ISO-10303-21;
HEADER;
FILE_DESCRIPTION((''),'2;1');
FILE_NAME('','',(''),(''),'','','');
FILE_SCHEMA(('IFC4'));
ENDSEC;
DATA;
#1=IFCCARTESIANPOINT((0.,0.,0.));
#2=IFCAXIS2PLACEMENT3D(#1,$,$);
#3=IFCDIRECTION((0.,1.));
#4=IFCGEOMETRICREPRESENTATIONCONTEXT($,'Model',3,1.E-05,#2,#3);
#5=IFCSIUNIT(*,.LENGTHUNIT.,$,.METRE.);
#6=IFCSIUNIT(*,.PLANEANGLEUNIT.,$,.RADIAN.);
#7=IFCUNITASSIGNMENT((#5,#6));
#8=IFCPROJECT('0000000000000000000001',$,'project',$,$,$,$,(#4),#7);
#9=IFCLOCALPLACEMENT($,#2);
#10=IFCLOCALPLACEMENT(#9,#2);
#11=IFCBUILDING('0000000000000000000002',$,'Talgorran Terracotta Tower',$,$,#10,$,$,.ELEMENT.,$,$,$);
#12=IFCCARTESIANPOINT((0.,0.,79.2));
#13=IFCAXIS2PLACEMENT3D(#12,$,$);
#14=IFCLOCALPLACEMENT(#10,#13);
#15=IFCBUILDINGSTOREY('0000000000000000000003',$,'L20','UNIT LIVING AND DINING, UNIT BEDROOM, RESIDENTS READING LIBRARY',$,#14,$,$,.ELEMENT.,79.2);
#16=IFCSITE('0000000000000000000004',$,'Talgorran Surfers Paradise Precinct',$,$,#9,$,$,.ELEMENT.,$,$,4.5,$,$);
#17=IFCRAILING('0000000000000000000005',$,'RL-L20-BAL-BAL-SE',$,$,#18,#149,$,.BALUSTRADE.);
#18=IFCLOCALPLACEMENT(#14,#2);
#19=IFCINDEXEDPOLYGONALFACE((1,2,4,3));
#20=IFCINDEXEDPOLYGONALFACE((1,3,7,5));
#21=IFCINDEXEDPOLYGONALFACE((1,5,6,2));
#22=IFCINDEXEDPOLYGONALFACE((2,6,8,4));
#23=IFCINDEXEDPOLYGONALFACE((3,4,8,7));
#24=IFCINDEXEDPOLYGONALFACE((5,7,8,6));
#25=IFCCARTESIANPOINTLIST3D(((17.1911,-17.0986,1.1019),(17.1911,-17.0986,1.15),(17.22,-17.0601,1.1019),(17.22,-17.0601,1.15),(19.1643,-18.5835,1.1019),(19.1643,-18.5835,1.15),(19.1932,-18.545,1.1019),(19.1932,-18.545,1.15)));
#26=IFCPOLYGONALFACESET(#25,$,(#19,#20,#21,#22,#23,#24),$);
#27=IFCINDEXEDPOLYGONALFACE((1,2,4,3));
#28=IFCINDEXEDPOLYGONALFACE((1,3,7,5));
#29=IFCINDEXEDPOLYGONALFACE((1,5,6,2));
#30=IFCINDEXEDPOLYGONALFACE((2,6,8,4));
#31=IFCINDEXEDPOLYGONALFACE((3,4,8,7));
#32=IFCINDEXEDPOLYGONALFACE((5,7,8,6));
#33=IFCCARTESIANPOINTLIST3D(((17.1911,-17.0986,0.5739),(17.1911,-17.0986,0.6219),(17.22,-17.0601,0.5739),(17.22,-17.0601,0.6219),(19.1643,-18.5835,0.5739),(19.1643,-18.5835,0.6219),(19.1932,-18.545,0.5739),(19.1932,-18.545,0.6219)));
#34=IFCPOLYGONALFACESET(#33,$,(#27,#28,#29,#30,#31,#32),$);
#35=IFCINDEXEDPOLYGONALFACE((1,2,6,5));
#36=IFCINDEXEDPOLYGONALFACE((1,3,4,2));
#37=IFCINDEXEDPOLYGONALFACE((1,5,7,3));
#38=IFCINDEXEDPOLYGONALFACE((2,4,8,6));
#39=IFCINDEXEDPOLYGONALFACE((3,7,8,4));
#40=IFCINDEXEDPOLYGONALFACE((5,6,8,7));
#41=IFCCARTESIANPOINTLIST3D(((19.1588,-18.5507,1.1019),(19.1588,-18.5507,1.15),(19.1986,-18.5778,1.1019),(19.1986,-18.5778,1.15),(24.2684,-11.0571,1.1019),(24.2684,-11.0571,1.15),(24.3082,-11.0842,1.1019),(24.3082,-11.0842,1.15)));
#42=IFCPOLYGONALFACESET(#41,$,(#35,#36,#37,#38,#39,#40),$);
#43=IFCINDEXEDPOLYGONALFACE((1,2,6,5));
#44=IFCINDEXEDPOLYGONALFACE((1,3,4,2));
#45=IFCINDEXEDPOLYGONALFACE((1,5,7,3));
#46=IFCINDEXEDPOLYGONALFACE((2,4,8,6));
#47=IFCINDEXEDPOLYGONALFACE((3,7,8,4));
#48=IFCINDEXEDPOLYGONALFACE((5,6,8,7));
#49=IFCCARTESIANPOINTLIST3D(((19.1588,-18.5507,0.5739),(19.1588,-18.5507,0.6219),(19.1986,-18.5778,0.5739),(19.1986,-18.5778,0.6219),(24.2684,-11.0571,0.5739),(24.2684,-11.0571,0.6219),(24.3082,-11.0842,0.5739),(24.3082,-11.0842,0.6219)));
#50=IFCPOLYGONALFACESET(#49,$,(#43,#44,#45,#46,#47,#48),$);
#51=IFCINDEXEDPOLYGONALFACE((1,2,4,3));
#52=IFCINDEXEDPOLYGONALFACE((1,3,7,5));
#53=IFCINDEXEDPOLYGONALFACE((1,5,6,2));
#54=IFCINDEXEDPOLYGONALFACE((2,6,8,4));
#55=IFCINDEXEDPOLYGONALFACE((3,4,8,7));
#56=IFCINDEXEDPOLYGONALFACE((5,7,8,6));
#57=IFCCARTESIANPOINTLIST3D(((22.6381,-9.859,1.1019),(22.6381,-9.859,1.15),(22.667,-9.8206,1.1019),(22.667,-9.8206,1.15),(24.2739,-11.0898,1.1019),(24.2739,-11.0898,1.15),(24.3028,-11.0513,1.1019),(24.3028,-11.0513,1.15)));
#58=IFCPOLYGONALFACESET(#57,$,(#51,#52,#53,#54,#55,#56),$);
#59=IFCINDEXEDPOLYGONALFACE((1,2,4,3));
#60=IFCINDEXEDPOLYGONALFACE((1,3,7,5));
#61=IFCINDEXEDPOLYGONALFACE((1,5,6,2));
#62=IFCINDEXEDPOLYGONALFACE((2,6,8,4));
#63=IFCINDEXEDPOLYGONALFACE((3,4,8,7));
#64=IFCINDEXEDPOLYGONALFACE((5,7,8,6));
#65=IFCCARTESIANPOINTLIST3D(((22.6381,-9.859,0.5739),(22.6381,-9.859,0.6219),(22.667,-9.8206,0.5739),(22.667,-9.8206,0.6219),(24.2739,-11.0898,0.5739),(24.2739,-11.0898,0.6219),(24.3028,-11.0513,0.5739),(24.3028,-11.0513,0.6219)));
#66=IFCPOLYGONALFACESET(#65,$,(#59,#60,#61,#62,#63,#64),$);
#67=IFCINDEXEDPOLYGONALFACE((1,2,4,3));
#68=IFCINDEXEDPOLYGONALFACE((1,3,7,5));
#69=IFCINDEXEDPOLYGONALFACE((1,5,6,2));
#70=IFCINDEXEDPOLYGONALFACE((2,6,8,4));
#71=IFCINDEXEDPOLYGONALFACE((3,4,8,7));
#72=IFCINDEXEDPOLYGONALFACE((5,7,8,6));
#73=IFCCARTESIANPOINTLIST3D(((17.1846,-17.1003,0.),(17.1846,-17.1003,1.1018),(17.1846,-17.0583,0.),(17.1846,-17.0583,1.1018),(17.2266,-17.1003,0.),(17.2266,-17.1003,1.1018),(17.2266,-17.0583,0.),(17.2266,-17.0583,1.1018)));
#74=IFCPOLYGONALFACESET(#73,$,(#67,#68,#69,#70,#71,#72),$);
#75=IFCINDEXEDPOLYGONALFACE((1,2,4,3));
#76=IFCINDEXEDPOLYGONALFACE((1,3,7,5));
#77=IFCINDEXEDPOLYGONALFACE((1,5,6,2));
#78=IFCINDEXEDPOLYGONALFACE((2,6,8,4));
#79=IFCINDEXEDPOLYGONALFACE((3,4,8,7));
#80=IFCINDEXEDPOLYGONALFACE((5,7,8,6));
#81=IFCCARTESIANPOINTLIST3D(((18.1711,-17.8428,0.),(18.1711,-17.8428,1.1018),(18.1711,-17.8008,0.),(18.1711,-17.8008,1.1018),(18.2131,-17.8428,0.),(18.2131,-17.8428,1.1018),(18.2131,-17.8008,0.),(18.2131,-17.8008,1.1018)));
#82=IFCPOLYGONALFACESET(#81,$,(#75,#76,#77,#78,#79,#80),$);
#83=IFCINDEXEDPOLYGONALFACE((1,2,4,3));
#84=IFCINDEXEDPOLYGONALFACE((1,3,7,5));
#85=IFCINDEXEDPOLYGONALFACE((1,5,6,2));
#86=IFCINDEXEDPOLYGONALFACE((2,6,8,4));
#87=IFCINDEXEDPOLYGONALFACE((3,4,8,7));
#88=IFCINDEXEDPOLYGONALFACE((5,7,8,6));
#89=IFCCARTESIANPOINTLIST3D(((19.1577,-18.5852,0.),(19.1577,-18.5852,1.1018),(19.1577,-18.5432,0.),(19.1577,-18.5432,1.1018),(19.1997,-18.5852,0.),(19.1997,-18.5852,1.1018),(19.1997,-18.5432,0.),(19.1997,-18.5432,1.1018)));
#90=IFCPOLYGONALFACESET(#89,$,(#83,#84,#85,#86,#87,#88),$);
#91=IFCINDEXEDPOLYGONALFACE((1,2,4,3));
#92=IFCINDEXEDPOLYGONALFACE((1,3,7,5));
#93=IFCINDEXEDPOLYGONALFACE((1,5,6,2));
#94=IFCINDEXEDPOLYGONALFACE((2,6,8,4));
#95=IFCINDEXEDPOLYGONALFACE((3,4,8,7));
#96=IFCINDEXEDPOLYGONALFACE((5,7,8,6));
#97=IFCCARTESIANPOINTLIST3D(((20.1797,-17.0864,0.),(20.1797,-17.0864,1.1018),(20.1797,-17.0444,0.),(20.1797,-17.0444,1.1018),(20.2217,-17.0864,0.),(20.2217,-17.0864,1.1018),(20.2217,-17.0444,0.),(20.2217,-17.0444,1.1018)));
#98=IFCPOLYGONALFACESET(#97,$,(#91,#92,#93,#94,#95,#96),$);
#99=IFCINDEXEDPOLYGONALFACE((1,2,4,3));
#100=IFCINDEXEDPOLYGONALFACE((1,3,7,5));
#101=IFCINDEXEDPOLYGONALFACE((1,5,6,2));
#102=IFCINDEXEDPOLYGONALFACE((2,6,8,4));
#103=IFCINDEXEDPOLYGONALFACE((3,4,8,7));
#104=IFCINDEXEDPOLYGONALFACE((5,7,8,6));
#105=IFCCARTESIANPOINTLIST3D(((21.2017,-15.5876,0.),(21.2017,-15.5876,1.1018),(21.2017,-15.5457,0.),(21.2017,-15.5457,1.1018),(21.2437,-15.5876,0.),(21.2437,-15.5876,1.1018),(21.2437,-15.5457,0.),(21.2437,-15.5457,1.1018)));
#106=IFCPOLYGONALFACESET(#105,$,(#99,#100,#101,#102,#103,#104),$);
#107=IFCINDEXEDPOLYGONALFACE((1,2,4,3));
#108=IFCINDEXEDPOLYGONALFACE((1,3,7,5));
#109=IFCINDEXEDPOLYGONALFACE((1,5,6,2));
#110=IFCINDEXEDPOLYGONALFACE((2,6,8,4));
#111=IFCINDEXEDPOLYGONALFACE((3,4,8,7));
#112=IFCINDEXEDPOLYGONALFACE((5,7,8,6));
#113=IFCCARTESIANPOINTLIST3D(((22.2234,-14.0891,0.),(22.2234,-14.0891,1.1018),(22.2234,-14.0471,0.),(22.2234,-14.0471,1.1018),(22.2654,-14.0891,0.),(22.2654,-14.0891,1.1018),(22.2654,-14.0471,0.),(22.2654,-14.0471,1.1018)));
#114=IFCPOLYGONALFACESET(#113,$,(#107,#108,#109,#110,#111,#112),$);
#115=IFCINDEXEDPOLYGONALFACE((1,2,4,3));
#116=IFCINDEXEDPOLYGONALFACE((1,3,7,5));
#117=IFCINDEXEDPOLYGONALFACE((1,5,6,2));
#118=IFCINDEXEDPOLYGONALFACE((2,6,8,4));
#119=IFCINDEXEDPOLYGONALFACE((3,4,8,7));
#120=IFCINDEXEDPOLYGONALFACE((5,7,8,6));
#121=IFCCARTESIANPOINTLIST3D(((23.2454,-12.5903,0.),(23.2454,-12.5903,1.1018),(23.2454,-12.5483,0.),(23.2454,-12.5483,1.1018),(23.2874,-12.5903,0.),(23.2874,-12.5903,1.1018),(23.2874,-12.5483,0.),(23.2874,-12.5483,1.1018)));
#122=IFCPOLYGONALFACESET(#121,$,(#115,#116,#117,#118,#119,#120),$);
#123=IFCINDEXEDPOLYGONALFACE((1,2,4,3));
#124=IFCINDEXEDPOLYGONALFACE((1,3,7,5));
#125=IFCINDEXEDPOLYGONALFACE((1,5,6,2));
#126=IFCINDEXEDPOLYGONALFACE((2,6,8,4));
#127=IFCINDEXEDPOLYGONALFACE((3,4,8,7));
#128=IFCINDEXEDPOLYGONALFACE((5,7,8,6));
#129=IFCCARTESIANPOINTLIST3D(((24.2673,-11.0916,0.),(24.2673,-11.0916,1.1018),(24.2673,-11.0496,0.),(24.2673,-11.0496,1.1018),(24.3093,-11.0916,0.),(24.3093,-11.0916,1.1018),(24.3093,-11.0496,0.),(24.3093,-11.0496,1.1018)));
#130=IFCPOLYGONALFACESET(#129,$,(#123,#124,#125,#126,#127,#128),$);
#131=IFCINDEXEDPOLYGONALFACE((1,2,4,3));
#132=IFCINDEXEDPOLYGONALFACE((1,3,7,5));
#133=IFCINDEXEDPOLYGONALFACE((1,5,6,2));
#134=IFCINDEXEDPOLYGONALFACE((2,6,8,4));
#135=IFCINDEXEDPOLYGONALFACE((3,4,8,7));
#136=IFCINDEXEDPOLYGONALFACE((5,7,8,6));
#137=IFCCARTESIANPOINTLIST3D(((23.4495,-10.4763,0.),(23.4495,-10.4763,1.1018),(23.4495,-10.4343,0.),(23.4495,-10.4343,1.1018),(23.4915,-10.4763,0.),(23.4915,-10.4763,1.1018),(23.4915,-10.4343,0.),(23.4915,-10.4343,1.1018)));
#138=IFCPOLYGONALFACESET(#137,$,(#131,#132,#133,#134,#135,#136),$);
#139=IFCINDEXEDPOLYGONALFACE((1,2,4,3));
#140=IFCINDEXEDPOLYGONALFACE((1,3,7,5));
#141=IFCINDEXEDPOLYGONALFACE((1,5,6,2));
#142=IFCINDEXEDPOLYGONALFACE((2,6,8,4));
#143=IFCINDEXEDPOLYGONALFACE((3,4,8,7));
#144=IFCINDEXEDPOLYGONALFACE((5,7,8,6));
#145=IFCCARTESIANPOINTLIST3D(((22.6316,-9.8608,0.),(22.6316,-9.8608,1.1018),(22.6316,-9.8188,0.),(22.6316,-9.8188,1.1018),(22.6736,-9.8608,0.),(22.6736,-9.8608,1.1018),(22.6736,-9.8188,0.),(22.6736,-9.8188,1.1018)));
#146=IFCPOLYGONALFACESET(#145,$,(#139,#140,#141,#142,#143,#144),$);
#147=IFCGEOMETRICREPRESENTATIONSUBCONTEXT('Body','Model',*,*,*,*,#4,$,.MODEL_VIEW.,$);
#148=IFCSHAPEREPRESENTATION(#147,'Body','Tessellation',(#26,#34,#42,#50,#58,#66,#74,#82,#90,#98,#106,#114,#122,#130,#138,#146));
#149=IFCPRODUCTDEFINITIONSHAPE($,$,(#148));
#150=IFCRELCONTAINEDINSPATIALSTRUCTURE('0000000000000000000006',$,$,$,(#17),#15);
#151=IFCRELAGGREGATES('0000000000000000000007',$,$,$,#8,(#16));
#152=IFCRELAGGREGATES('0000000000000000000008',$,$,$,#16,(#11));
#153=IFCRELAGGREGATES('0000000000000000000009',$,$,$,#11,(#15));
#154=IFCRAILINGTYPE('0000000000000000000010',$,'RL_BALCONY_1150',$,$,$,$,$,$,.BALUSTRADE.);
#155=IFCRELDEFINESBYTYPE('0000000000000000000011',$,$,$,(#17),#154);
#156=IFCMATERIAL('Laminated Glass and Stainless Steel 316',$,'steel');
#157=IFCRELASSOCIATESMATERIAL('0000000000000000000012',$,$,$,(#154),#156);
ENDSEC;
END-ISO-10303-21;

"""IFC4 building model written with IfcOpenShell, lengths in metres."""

from ifc_helpers import new_model, si_unit, direction, frame, origin, origin_2d, place, context, subcontext, project, spatial, rectangle, extrude, material, type_object, element, save


model = new_model("IFC4")

# Units and contexts
model_context = context("Model", 3, precision=1e-05, world=origin(), true_north=direction((0.0, 1.0)))
body_context = subcontext(model_context, "Body", "Model", "MODEL_VIEW")
ifc_project = project(units=[si_unit("LENGTHUNIT", "METRE"), si_unit("PLANEANGLEUNIT", "RADIAN")], contexts=[model_context])

# Site, building, storey
site_placement = place(None, origin())
site = spatial("IfcSite", under=ifc_project, at=site_placement, Name="Talgorran Surfers Paradise Precinct", CompositionType="ELEMENT", RefElevation=4.5)
building_placement = place(site_placement, origin())
building = spatial("IfcBuilding", under=site, at=building_placement, Name="Talgorran Terracotta Tower", CompositionType="ELEMENT")
storey_placement = place(building_placement, frame((0.0, 0.0, 79.2)))
storey = spatial("IfcBuildingStorey", under=building, at=storey_placement, Name="L20", Description="UNIT LIVING AND DINING, UNIT BEDROOM, RESIDENTS READING LIBRARY", CompositionType="ELEMENT", Elevation=79.2)

# Railing
ifc_material_1 = material(Name="Laminated Glass and Stainless Steel 316", Category="steel")
railing_type = type_object("IfcRailingType", Name="RL_BALCONY_1150", PredefinedType="BALUSTRADE", material=ifc_material_1)
railing_placement = place(storey_placement, frame((17.2056, -17.0793, 0.0)))
element("IfcRailing", 1, at=railing_placement, inside=storey, type_object=railing_type, Name="RL-L20-BAL-BAL-SE", PredefinedType="BALUSTRADE", context=body_context, shape_type="SweptSolid", body=[
    extrude(rectangle(XDim=0.0481, YDim=0.0481, at=origin_2d()), frame((0.0, 0.0, 1.126), z_axis=(0.799026, -0.601296, 0.0), x_axis=(0.601296, 0.799026, 0.0)), (0.0, 0.0, 1.0), 2.4695),
    extrude(rectangle(XDim=0.0481, YDim=0.0481, at=origin_2d()), frame((0.0, 0.0, 0.5979), z_axis=(0.799026, -0.601296, 0.0), x_axis=(0.601296, 0.799026, 0.0)), (0.0, 0.0, 1.0), 2.4695),
    extrude(rectangle(XDim=0.0481, YDim=0.0481, at=origin_2d()), frame((1.9731, -1.4849, 1.126), z_axis=(0.56336, 0.826211, 0.0), x_axis=(-0.826211, 0.56336, 0.0)), (0.0, 0.0, 1.0), 9.0698),
    extrude(rectangle(XDim=0.0481, YDim=0.0481, at=origin_2d()), frame((1.9731, -1.4849, 0.5979), z_axis=(0.56336, 0.826211, 0.0), x_axis=(-0.826211, 0.56336, 0.0)), (0.0, 0.0, 1.0), 9.0698),
    extrude(rectangle(XDim=0.0481, YDim=0.0481, at=origin_2d()), frame((7.0828, 6.0088, 1.126), z_axis=(-0.799083, 0.601221, 0.0), x_axis=(-0.601221, -0.799083, 0.0)), (0.0, 0.0, 1.0), 2.0471),
    extrude(rectangle(XDim=0.0481, YDim=0.0481, at=origin_2d()), frame((7.0828, 6.0088, 0.5979), z_axis=(-0.799083, 0.601221, 0.0), x_axis=(-0.601221, -0.799083, 0.0)), (0.0, 0.0, 1.0), 2.0471),
    extrude(rectangle(XDim=0.042, YDim=0.042, at=origin_2d()), origin(), (0.0, 0.0, 1.0), 1.1018),
    extrude(rectangle(XDim=0.042, YDim=0.042, at=origin_2d()), frame((0.9866, -0.7424, 0.0)), (0.0, 0.0, 1.0), 1.1018),
    extrude(rectangle(XDim=0.042, YDim=0.042, at=origin_2d()), frame((1.9731, -1.4849, 0.0)), (0.0, 0.0, 1.0), 1.1018),
    extrude(rectangle(XDim=0.042, YDim=0.042, at=origin_2d()), frame((2.9951, 0.0139, 0.0)), (0.0, 0.0, 1.0), 1.1018),
    extrude(rectangle(XDim=0.042, YDim=0.042, at=origin_2d()), frame((4.0171, 1.5127, 0.0)), (0.0, 0.0, 1.0), 1.1018),
    extrude(rectangle(XDim=0.042, YDim=0.042, at=origin_2d()), frame((5.0388, 3.0112, 0.0)), (0.0, 0.0, 1.0), 1.1018),
    extrude(rectangle(XDim=0.042, YDim=0.042, at=origin_2d()), frame((6.0608, 4.51, 0.0)), (0.0, 0.0, 1.0), 1.1018),
    extrude(rectangle(XDim=0.042, YDim=0.042, at=origin_2d()), frame((7.0828, 6.0088, 0.0)), (0.0, 0.0, 1.0), 1.1018),
    extrude(rectangle(XDim=0.042, YDim=0.042, at=origin_2d()), frame((6.2649, 6.624, 0.0)), (0.0, 0.0, 1.0), 1.1018),
    extrude(rectangle(XDim=0.042, YDim=0.042, at=origin_2d()), frame((5.447, 7.2395, 0.0)), (0.0, 0.0, 1.0), 1.1018),
])

save(model, "model.ifc")
